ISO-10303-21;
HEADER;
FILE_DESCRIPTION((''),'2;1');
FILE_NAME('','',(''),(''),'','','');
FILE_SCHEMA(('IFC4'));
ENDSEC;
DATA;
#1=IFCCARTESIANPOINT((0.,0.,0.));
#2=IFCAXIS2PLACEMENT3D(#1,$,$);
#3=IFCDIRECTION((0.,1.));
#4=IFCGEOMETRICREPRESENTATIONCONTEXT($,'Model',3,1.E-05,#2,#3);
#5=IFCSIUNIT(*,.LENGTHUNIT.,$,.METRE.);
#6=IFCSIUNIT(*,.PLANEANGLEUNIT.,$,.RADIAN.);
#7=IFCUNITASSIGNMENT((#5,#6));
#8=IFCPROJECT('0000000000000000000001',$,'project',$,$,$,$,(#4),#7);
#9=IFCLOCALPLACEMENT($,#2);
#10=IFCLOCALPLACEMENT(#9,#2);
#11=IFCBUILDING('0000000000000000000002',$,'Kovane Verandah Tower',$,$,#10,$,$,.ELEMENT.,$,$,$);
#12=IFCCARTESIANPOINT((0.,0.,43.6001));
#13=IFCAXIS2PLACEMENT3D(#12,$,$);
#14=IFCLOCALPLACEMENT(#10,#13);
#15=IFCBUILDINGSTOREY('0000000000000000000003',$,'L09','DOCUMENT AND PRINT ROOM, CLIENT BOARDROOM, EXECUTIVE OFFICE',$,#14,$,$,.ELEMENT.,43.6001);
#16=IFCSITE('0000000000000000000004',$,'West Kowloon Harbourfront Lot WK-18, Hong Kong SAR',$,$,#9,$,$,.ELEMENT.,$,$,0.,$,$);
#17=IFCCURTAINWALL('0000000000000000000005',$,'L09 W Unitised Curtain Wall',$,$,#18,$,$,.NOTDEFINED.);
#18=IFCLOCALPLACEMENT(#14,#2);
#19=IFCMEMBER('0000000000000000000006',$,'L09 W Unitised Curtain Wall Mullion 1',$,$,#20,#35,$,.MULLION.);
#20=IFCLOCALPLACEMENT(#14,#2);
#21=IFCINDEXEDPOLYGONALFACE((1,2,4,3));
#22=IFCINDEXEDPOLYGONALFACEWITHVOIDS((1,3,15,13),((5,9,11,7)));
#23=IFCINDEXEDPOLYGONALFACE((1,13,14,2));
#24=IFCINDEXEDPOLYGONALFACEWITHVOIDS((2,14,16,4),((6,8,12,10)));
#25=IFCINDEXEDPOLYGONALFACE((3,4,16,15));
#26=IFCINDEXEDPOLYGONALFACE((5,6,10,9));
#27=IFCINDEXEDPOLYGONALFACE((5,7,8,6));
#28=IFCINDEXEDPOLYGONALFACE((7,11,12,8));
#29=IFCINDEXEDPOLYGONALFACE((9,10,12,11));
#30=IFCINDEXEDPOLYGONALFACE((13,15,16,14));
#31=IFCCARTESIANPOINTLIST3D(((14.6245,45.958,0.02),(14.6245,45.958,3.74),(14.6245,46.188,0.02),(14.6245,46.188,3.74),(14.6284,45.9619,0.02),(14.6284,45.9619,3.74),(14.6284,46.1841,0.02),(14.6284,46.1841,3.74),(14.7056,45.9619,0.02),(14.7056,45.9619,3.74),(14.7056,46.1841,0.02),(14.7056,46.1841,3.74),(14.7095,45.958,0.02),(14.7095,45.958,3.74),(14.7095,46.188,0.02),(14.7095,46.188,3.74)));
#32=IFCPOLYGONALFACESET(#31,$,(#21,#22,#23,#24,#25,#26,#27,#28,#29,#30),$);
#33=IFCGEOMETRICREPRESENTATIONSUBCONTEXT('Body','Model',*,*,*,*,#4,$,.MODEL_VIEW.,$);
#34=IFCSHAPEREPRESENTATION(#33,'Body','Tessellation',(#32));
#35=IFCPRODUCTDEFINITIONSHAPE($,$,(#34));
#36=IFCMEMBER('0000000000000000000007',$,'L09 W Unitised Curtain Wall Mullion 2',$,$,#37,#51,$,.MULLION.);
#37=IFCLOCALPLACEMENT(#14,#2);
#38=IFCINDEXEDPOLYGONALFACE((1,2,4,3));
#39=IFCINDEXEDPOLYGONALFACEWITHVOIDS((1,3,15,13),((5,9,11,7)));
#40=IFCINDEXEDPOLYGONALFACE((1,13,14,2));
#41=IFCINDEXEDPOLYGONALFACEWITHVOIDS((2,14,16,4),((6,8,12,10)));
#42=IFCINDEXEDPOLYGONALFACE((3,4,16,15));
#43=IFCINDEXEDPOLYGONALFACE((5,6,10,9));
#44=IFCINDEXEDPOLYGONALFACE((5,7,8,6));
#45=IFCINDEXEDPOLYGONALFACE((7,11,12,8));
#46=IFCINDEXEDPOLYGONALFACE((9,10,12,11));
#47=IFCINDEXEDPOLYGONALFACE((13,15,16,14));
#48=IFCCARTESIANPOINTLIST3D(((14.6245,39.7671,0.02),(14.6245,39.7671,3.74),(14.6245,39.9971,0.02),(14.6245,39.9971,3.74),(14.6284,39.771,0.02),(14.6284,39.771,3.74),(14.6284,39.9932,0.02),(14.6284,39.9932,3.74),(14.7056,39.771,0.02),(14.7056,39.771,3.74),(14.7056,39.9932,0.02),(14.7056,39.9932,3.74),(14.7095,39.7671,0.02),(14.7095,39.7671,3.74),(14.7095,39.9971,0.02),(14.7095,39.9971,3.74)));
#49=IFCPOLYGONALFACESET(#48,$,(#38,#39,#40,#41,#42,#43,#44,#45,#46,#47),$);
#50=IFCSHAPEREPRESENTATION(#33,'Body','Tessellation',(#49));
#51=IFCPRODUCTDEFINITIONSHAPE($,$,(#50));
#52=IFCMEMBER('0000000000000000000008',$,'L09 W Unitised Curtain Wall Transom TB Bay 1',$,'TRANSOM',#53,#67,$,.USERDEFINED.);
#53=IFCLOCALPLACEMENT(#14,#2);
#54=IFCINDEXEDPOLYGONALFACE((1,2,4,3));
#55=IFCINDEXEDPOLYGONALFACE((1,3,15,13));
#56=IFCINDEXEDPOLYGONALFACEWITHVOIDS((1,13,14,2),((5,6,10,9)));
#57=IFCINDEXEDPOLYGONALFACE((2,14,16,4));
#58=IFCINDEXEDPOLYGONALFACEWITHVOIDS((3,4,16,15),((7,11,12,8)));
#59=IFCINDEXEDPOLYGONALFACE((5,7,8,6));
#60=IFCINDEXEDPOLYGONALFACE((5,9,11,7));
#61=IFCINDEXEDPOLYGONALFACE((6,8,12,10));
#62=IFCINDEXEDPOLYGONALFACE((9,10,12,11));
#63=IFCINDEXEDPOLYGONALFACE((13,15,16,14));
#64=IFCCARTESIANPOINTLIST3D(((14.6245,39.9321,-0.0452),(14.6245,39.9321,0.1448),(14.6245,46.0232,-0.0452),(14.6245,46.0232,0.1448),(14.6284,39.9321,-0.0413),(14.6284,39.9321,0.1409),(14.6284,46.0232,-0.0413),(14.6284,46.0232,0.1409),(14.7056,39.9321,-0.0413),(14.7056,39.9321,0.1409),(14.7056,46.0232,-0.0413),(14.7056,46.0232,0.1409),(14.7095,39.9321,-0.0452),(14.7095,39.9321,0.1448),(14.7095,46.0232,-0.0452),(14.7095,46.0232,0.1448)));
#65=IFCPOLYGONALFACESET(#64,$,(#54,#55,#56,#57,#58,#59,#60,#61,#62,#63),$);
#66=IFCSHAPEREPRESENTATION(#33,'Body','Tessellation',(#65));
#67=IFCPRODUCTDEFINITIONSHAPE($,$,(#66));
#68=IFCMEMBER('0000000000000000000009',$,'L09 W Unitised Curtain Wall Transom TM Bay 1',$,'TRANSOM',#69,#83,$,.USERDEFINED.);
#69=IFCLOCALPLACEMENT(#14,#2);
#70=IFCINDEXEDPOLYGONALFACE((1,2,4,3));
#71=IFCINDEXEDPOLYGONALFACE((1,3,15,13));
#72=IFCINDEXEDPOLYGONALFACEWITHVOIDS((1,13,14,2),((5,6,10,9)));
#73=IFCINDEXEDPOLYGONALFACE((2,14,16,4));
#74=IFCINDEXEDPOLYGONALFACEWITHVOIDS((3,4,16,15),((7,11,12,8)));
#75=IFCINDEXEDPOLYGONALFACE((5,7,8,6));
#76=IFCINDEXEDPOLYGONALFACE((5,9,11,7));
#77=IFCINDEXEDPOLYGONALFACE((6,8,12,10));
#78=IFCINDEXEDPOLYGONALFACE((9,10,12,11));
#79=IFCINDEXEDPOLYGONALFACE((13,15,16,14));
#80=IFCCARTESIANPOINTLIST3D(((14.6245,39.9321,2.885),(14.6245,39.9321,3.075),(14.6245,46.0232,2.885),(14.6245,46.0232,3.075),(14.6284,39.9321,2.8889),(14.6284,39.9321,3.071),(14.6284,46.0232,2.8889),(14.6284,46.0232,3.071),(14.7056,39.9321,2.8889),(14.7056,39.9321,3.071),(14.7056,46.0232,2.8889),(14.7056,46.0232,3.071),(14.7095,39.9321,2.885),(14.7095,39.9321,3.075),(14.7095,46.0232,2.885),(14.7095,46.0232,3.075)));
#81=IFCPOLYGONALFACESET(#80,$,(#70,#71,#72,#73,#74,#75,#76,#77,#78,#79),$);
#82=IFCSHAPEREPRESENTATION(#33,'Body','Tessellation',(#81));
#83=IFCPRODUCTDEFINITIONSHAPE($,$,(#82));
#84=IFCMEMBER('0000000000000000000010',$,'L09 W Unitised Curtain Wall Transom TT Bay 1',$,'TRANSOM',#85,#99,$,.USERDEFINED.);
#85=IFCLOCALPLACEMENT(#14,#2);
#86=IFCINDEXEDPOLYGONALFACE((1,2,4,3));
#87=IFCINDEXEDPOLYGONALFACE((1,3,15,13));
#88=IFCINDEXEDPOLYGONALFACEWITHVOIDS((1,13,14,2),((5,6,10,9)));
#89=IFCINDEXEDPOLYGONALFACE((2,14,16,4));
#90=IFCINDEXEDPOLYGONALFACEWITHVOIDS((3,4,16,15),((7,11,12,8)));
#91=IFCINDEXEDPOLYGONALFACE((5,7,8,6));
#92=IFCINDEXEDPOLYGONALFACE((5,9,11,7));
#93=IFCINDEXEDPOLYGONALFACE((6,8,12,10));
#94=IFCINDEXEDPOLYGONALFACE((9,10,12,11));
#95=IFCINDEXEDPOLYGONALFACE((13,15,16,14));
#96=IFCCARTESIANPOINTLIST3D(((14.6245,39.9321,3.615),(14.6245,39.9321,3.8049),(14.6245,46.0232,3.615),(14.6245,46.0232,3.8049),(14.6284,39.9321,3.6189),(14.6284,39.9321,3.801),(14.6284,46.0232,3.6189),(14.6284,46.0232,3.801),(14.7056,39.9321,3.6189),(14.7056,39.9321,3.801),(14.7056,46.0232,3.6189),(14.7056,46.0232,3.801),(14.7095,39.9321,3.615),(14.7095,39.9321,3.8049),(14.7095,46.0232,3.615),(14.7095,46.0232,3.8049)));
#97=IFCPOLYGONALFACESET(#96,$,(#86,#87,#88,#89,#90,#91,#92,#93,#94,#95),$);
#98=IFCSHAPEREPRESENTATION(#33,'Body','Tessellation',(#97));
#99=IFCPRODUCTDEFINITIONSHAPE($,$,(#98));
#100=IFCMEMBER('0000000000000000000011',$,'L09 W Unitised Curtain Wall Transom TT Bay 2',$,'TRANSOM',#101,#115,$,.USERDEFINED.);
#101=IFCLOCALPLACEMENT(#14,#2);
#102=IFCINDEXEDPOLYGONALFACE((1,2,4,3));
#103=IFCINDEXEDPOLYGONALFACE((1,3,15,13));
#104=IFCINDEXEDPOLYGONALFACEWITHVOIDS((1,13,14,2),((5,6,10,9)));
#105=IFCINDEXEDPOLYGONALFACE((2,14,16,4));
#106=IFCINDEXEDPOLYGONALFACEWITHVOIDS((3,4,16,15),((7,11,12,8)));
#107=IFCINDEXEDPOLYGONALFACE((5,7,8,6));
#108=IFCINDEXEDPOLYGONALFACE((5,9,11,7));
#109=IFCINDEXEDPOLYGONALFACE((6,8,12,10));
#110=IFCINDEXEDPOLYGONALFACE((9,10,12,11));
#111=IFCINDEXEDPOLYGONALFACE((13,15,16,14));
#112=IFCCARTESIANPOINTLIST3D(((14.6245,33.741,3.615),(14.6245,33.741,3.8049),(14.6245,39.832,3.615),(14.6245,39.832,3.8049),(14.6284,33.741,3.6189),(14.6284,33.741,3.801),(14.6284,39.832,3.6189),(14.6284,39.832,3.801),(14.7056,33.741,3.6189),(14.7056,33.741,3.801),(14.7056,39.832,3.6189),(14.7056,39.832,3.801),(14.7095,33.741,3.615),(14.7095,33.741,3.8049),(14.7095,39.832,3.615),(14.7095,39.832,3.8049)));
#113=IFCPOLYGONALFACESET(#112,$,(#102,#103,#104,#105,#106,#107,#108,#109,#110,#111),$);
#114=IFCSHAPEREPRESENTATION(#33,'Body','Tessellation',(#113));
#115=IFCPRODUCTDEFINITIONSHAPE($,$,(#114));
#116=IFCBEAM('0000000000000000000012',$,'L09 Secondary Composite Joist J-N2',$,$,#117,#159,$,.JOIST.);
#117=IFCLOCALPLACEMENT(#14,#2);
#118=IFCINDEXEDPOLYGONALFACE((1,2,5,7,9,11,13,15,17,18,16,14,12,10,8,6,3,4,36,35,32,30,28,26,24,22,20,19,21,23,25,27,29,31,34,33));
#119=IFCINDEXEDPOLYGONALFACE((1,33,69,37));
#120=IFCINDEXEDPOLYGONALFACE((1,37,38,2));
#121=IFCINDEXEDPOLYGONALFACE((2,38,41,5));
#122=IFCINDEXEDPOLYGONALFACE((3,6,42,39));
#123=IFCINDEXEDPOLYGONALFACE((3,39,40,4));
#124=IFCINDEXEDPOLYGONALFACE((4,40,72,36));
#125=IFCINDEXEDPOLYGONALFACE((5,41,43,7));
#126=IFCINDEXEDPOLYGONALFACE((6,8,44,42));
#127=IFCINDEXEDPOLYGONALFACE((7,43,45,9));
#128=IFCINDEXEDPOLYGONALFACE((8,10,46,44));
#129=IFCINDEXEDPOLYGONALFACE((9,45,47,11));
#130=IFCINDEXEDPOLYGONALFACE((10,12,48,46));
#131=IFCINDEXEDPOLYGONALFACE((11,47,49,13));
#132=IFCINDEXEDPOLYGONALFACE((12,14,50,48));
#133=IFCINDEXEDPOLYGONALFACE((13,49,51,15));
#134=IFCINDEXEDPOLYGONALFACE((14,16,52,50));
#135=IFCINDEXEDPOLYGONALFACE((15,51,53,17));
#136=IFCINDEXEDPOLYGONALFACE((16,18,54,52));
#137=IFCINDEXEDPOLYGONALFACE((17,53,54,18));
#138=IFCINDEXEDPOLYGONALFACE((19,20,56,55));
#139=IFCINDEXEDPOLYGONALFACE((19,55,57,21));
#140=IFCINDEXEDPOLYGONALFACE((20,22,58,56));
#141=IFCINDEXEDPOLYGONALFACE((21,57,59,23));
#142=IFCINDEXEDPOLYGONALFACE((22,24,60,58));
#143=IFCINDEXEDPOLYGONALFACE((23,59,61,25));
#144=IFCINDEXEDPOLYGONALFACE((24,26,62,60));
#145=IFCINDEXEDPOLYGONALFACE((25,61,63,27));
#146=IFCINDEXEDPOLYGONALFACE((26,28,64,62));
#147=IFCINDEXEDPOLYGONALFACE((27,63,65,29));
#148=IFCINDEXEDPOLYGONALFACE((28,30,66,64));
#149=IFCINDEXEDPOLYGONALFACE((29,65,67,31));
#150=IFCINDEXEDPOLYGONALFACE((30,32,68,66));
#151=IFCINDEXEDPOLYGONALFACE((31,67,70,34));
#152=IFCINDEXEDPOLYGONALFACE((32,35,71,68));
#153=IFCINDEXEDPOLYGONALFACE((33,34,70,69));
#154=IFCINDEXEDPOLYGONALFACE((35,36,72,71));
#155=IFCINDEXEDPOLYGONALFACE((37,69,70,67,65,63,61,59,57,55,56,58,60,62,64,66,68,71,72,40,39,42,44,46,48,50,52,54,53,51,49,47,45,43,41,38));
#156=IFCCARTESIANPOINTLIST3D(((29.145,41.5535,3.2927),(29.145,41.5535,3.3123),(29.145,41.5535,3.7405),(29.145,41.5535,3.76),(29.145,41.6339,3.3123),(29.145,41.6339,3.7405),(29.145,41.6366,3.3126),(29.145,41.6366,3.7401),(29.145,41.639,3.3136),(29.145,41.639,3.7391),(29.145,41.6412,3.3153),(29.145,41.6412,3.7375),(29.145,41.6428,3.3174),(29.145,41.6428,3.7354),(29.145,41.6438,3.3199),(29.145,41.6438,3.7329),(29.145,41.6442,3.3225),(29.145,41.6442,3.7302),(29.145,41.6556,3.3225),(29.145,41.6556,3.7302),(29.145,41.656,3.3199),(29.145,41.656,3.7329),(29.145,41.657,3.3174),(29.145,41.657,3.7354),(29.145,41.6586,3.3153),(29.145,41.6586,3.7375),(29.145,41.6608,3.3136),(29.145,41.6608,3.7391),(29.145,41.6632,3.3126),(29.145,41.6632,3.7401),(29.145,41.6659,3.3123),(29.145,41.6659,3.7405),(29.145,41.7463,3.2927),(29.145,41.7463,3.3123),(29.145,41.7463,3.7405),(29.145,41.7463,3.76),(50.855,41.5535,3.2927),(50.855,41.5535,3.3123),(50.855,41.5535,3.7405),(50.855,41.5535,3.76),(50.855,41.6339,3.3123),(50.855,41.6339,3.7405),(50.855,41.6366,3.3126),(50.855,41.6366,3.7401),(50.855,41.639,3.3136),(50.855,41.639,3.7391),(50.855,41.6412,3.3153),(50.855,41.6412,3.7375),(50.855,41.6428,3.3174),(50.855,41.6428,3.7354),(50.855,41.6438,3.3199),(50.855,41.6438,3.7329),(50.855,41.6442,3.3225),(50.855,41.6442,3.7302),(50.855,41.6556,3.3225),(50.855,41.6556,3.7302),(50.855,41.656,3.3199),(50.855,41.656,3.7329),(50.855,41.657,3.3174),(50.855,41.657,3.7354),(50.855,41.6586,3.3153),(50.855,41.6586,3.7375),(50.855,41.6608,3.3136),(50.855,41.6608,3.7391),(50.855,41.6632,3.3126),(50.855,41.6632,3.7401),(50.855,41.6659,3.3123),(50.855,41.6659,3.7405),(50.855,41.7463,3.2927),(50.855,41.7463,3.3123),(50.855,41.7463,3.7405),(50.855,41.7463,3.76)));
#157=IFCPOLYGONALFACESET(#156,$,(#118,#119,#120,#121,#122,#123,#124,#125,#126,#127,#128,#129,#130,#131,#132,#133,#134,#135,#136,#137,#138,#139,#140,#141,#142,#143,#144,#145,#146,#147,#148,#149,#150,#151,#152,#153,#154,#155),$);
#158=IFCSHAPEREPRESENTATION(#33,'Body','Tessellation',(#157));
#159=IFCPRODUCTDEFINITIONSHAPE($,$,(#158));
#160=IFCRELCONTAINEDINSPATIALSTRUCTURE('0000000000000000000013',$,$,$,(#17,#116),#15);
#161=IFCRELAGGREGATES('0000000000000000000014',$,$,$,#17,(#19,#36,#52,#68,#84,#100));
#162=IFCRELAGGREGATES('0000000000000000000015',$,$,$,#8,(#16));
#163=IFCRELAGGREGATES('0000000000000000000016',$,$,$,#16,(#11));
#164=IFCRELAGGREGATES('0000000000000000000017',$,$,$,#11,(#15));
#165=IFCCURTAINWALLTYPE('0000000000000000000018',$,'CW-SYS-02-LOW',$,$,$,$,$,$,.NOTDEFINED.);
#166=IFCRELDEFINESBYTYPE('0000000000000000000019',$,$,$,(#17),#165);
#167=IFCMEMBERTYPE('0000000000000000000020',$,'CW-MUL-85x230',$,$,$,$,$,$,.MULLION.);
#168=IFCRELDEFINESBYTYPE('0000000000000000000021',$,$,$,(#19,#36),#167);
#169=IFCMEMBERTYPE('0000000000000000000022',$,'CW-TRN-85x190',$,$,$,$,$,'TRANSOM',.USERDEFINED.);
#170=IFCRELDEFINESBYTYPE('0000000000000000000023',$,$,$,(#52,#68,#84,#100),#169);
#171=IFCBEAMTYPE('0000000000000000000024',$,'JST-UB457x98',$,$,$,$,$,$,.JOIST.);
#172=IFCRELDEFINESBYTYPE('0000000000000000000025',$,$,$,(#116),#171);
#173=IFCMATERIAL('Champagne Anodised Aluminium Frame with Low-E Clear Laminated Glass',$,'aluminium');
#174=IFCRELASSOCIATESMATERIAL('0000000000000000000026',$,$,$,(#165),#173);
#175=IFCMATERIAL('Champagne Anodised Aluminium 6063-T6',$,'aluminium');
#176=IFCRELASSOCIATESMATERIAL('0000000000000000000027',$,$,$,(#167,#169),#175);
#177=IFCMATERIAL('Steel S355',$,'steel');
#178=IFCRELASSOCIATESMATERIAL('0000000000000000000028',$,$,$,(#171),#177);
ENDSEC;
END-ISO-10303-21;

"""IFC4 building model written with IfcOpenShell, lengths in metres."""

from ifc_helpers import new_model, si_unit, direction, frame, origin, origin_2d, place, context, subcontext, project, spatial, hollow_rectangle, i_section, extrude, material, material_profile, profile_set, type_object, element, aggregate, save


model = new_model("IFC4")

# Units and contexts
model_context = context("Model", 3, precision=1e-05, world=origin(), true_north=direction((0.0, 1.0)))
body_context = subcontext(model_context, "Body", "Model", "MODEL_VIEW")
ifc_project = project(units=[si_unit("LENGTHUNIT", "METRE"), si_unit("PLANEANGLEUNIT", "RADIAN")], contexts=[model_context])

# Site, building, storey
site_placement = place(None, origin())
site = spatial("IfcSite", under=ifc_project, at=site_placement, Name="West Kowloon Harbourfront Lot WK-18, Hong Kong SAR", CompositionType="ELEMENT", RefElevation=0.0)
building_placement = place(site_placement, origin())
building = spatial("IfcBuilding", under=site, at=building_placement, Name="Kovane Verandah Tower", CompositionType="ELEMENT")
storey_placement = place(building_placement, frame((0.0, 0.0, 43.6001)))
storey = spatial("IfcBuildingStorey", under=building, at=storey_placement, Name="L09", Description="DOCUMENT AND PRINT ROOM, CLIENT BOARDROOM, EXECUTIVE OFFICE", CompositionType="ELEMENT", Elevation=43.6001)

# Shared definitions
ifc_material_1 = material(Name="Steel S355", Category="steel")

# Curtain wall, members
ifc_material_2 = material(Name="Champagne Anodised Aluminium Frame with Low-E Clear Laminated Glass", Category="aluminium")
curtain_wall_type = type_object("IfcCurtainWallType", Name="CW-SYS-02-LOW", PredefinedType="NOTDEFINED", material=ifc_material_2)
curtain_wall_placement = place(storey_placement, origin())
curtain_wall = element("IfcCurtainWall", 1, at=curtain_wall_placement, inside=storey, type_object=curtain_wall_type, Name="L09 W Unitised Curtain Wall", PredefinedType="NOTDEFINED")
ifc_material_3 = material(Name="Champagne Anodised Aluminium 6063-T6", Category="aluminium")
ifc_material_profile_1 = material_profile(ifc_material_3, hollow_rectangle(XDim=0.085, YDim=0.23, WallThickness=0.0039, at=origin_2d()), Name="AL85x230x4")
ifc_profile_set_1 = profile_set([ifc_material_profile_1], Name="Champagne Anodised Aluminium 6063-T6")
member_type_1 = type_object("IfcMemberType", Name="CW-MUL-85x230", PredefinedType="MULLION", material=ifc_profile_set_1)
member_1_placement = place(storey_placement, frame((14.667, 46.073, 0.02), z_axis=(0.0, 0.0, 1.0), x_axis=(-1.0, 0.0, 0.0)))
member_1 = element("IfcMember", 2, at=member_1_placement, type_object=member_type_1, Name="L09 W Unitised Curtain Wall Mullion 1", PredefinedType="MULLION", context=body_context, shape_type="SweptSolid", body=[
    extrude(hollow_rectangle(XDim=0.085, YDim=0.23, WallThickness=0.0039, at=origin_2d()), origin(), (0.0, 0.0, 1.0), 3.72),
])
member_2_placement = place(storey_placement, frame((14.667, 39.8821, 0.02), z_axis=(0.0, 0.0, 1.0), x_axis=(-1.0, 0.0, 0.0)))
member_2 = element("IfcMember", 3, at=member_2_placement, type_object=member_type_1, Name="L09 W Unitised Curtain Wall Mullion 2", PredefinedType="MULLION", context=body_context, shape_type="SweptSolid", body=[
    extrude(hollow_rectangle(XDim=0.085, YDim=0.23, WallThickness=0.0039, at=origin_2d()), origin(), (0.0, 0.0, 1.0), 3.72),
])
ifc_material_profile_2 = material_profile(ifc_material_3, hollow_rectangle(XDim=0.085, YDim=0.1899, WallThickness=0.0039, at=origin_2d()), Name="AL85x190x4")
ifc_profile_set_2 = profile_set([ifc_material_profile_2], Name="Champagne Anodised Aluminium 6063-T6")
member_type_2 = type_object("IfcMemberType", Name="CW-TRN-85x190", ElementType="TRANSOM", PredefinedType="USERDEFINED", material=ifc_profile_set_2)
member_3_placement = place(storey_placement, frame((14.667, 46.0232, 0.0498), z_axis=(0.0, -1.0, 0.0), x_axis=(1.0, 0.0, 0.0)))
member_3 = element("IfcMember", 4, at=member_3_placement, type_object=member_type_2, Name="L09 W Unitised Curtain Wall Transom TB Bay 1", ObjectType="TRANSOM", PredefinedType="USERDEFINED", context=body_context, shape_type="SweptSolid", body=[
    extrude(hollow_rectangle(XDim=0.085, YDim=0.1899, WallThickness=0.0039, at=origin_2d()), origin(), (0.0, 0.0, 1.0), 6.0911),
])
member_4_placement = place(storey_placement, frame((14.667, 46.0232, 2.98), z_axis=(0.0, -1.0, 0.0), x_axis=(1.0, 0.0, 0.0)))
member_4 = element("IfcMember", 5, at=member_4_placement, type_object=member_type_2, Name="L09 W Unitised Curtain Wall Transom TM Bay 1", ObjectType="TRANSOM", PredefinedType="USERDEFINED", context=body_context, shape_type="SweptSolid", body=[
    extrude(hollow_rectangle(XDim=0.085, YDim=0.1899, WallThickness=0.0039, at=origin_2d()), origin(), (0.0, 0.0, 1.0), 6.0911),
])
member_5_placement = place(storey_placement, frame((14.667, 46.0232, 3.71), z_axis=(0.0, -1.0, 0.0), x_axis=(1.0, 0.0, 0.0)))
member_5 = element("IfcMember", 6, at=member_5_placement, type_object=member_type_2, Name="L09 W Unitised Curtain Wall Transom TT Bay 1", ObjectType="TRANSOM", PredefinedType="USERDEFINED", context=body_context, shape_type="SweptSolid", body=[
    extrude(hollow_rectangle(XDim=0.085, YDim=0.1899, WallThickness=0.0039, at=origin_2d()), origin(), (0.0, 0.0, 1.0), 6.0911),
])
member_6_placement = place(storey_placement, frame((14.667, 39.832, 3.71), z_axis=(0.0, -1.0, 0.0), x_axis=(1.0, 0.0, 0.0)))
member_6 = element("IfcMember", 7, at=member_6_placement, type_object=member_type_2, Name="L09 W Unitised Curtain Wall Transom TT Bay 2", ObjectType="TRANSOM", PredefinedType="USERDEFINED", context=body_context, shape_type="SweptSolid", body=[
    extrude(hollow_rectangle(XDim=0.085, YDim=0.1899, WallThickness=0.0039, at=origin_2d()), origin(), (0.0, 0.0, 1.0), 6.0911),
])

# Beam
ifc_material_profile_3 = material_profile(ifc_material_1, i_section(OverallWidth=0.1929, OverallDepth=0.4673, WebThickness=0.0115, FlangeThickness=0.0195, FilletRadius=0.0103, at=origin_2d()), Name="UB457x191x98")
ifc_profile_set_3 = profile_set([ifc_material_profile_3], Name="Steel S355")
beam_type_1 = type_object("IfcBeamType", Name="JST-UB457x98", PredefinedType="JOIST", material=ifc_profile_set_3)
beam_1_placement = place(storey_placement, frame((29.145, 41.6499, 3.5264), z_axis=(1.0, 0.0, 0.0), x_axis=(0.0, 1.0, 0.0)))
element("IfcBeam", 8, at=beam_1_placement, inside=storey, type_object=beam_type_1, Name="L09 Secondary Composite Joist J-N2", PredefinedType="JOIST", context=body_context, shape_type="SweptSolid", body=[
    extrude(i_section(OverallWidth=0.1929, OverallDepth=0.4673, WebThickness=0.0115, FlangeThickness=0.0195, FilletRadius=0.0103, at=origin_2d()), origin(), (0.0, 0.0, 1.0), 21.71),
])

aggregate(curtain_wall, [member_1, member_2, member_3, member_4, member_5, member_6])

save(model, "model.ifc")
